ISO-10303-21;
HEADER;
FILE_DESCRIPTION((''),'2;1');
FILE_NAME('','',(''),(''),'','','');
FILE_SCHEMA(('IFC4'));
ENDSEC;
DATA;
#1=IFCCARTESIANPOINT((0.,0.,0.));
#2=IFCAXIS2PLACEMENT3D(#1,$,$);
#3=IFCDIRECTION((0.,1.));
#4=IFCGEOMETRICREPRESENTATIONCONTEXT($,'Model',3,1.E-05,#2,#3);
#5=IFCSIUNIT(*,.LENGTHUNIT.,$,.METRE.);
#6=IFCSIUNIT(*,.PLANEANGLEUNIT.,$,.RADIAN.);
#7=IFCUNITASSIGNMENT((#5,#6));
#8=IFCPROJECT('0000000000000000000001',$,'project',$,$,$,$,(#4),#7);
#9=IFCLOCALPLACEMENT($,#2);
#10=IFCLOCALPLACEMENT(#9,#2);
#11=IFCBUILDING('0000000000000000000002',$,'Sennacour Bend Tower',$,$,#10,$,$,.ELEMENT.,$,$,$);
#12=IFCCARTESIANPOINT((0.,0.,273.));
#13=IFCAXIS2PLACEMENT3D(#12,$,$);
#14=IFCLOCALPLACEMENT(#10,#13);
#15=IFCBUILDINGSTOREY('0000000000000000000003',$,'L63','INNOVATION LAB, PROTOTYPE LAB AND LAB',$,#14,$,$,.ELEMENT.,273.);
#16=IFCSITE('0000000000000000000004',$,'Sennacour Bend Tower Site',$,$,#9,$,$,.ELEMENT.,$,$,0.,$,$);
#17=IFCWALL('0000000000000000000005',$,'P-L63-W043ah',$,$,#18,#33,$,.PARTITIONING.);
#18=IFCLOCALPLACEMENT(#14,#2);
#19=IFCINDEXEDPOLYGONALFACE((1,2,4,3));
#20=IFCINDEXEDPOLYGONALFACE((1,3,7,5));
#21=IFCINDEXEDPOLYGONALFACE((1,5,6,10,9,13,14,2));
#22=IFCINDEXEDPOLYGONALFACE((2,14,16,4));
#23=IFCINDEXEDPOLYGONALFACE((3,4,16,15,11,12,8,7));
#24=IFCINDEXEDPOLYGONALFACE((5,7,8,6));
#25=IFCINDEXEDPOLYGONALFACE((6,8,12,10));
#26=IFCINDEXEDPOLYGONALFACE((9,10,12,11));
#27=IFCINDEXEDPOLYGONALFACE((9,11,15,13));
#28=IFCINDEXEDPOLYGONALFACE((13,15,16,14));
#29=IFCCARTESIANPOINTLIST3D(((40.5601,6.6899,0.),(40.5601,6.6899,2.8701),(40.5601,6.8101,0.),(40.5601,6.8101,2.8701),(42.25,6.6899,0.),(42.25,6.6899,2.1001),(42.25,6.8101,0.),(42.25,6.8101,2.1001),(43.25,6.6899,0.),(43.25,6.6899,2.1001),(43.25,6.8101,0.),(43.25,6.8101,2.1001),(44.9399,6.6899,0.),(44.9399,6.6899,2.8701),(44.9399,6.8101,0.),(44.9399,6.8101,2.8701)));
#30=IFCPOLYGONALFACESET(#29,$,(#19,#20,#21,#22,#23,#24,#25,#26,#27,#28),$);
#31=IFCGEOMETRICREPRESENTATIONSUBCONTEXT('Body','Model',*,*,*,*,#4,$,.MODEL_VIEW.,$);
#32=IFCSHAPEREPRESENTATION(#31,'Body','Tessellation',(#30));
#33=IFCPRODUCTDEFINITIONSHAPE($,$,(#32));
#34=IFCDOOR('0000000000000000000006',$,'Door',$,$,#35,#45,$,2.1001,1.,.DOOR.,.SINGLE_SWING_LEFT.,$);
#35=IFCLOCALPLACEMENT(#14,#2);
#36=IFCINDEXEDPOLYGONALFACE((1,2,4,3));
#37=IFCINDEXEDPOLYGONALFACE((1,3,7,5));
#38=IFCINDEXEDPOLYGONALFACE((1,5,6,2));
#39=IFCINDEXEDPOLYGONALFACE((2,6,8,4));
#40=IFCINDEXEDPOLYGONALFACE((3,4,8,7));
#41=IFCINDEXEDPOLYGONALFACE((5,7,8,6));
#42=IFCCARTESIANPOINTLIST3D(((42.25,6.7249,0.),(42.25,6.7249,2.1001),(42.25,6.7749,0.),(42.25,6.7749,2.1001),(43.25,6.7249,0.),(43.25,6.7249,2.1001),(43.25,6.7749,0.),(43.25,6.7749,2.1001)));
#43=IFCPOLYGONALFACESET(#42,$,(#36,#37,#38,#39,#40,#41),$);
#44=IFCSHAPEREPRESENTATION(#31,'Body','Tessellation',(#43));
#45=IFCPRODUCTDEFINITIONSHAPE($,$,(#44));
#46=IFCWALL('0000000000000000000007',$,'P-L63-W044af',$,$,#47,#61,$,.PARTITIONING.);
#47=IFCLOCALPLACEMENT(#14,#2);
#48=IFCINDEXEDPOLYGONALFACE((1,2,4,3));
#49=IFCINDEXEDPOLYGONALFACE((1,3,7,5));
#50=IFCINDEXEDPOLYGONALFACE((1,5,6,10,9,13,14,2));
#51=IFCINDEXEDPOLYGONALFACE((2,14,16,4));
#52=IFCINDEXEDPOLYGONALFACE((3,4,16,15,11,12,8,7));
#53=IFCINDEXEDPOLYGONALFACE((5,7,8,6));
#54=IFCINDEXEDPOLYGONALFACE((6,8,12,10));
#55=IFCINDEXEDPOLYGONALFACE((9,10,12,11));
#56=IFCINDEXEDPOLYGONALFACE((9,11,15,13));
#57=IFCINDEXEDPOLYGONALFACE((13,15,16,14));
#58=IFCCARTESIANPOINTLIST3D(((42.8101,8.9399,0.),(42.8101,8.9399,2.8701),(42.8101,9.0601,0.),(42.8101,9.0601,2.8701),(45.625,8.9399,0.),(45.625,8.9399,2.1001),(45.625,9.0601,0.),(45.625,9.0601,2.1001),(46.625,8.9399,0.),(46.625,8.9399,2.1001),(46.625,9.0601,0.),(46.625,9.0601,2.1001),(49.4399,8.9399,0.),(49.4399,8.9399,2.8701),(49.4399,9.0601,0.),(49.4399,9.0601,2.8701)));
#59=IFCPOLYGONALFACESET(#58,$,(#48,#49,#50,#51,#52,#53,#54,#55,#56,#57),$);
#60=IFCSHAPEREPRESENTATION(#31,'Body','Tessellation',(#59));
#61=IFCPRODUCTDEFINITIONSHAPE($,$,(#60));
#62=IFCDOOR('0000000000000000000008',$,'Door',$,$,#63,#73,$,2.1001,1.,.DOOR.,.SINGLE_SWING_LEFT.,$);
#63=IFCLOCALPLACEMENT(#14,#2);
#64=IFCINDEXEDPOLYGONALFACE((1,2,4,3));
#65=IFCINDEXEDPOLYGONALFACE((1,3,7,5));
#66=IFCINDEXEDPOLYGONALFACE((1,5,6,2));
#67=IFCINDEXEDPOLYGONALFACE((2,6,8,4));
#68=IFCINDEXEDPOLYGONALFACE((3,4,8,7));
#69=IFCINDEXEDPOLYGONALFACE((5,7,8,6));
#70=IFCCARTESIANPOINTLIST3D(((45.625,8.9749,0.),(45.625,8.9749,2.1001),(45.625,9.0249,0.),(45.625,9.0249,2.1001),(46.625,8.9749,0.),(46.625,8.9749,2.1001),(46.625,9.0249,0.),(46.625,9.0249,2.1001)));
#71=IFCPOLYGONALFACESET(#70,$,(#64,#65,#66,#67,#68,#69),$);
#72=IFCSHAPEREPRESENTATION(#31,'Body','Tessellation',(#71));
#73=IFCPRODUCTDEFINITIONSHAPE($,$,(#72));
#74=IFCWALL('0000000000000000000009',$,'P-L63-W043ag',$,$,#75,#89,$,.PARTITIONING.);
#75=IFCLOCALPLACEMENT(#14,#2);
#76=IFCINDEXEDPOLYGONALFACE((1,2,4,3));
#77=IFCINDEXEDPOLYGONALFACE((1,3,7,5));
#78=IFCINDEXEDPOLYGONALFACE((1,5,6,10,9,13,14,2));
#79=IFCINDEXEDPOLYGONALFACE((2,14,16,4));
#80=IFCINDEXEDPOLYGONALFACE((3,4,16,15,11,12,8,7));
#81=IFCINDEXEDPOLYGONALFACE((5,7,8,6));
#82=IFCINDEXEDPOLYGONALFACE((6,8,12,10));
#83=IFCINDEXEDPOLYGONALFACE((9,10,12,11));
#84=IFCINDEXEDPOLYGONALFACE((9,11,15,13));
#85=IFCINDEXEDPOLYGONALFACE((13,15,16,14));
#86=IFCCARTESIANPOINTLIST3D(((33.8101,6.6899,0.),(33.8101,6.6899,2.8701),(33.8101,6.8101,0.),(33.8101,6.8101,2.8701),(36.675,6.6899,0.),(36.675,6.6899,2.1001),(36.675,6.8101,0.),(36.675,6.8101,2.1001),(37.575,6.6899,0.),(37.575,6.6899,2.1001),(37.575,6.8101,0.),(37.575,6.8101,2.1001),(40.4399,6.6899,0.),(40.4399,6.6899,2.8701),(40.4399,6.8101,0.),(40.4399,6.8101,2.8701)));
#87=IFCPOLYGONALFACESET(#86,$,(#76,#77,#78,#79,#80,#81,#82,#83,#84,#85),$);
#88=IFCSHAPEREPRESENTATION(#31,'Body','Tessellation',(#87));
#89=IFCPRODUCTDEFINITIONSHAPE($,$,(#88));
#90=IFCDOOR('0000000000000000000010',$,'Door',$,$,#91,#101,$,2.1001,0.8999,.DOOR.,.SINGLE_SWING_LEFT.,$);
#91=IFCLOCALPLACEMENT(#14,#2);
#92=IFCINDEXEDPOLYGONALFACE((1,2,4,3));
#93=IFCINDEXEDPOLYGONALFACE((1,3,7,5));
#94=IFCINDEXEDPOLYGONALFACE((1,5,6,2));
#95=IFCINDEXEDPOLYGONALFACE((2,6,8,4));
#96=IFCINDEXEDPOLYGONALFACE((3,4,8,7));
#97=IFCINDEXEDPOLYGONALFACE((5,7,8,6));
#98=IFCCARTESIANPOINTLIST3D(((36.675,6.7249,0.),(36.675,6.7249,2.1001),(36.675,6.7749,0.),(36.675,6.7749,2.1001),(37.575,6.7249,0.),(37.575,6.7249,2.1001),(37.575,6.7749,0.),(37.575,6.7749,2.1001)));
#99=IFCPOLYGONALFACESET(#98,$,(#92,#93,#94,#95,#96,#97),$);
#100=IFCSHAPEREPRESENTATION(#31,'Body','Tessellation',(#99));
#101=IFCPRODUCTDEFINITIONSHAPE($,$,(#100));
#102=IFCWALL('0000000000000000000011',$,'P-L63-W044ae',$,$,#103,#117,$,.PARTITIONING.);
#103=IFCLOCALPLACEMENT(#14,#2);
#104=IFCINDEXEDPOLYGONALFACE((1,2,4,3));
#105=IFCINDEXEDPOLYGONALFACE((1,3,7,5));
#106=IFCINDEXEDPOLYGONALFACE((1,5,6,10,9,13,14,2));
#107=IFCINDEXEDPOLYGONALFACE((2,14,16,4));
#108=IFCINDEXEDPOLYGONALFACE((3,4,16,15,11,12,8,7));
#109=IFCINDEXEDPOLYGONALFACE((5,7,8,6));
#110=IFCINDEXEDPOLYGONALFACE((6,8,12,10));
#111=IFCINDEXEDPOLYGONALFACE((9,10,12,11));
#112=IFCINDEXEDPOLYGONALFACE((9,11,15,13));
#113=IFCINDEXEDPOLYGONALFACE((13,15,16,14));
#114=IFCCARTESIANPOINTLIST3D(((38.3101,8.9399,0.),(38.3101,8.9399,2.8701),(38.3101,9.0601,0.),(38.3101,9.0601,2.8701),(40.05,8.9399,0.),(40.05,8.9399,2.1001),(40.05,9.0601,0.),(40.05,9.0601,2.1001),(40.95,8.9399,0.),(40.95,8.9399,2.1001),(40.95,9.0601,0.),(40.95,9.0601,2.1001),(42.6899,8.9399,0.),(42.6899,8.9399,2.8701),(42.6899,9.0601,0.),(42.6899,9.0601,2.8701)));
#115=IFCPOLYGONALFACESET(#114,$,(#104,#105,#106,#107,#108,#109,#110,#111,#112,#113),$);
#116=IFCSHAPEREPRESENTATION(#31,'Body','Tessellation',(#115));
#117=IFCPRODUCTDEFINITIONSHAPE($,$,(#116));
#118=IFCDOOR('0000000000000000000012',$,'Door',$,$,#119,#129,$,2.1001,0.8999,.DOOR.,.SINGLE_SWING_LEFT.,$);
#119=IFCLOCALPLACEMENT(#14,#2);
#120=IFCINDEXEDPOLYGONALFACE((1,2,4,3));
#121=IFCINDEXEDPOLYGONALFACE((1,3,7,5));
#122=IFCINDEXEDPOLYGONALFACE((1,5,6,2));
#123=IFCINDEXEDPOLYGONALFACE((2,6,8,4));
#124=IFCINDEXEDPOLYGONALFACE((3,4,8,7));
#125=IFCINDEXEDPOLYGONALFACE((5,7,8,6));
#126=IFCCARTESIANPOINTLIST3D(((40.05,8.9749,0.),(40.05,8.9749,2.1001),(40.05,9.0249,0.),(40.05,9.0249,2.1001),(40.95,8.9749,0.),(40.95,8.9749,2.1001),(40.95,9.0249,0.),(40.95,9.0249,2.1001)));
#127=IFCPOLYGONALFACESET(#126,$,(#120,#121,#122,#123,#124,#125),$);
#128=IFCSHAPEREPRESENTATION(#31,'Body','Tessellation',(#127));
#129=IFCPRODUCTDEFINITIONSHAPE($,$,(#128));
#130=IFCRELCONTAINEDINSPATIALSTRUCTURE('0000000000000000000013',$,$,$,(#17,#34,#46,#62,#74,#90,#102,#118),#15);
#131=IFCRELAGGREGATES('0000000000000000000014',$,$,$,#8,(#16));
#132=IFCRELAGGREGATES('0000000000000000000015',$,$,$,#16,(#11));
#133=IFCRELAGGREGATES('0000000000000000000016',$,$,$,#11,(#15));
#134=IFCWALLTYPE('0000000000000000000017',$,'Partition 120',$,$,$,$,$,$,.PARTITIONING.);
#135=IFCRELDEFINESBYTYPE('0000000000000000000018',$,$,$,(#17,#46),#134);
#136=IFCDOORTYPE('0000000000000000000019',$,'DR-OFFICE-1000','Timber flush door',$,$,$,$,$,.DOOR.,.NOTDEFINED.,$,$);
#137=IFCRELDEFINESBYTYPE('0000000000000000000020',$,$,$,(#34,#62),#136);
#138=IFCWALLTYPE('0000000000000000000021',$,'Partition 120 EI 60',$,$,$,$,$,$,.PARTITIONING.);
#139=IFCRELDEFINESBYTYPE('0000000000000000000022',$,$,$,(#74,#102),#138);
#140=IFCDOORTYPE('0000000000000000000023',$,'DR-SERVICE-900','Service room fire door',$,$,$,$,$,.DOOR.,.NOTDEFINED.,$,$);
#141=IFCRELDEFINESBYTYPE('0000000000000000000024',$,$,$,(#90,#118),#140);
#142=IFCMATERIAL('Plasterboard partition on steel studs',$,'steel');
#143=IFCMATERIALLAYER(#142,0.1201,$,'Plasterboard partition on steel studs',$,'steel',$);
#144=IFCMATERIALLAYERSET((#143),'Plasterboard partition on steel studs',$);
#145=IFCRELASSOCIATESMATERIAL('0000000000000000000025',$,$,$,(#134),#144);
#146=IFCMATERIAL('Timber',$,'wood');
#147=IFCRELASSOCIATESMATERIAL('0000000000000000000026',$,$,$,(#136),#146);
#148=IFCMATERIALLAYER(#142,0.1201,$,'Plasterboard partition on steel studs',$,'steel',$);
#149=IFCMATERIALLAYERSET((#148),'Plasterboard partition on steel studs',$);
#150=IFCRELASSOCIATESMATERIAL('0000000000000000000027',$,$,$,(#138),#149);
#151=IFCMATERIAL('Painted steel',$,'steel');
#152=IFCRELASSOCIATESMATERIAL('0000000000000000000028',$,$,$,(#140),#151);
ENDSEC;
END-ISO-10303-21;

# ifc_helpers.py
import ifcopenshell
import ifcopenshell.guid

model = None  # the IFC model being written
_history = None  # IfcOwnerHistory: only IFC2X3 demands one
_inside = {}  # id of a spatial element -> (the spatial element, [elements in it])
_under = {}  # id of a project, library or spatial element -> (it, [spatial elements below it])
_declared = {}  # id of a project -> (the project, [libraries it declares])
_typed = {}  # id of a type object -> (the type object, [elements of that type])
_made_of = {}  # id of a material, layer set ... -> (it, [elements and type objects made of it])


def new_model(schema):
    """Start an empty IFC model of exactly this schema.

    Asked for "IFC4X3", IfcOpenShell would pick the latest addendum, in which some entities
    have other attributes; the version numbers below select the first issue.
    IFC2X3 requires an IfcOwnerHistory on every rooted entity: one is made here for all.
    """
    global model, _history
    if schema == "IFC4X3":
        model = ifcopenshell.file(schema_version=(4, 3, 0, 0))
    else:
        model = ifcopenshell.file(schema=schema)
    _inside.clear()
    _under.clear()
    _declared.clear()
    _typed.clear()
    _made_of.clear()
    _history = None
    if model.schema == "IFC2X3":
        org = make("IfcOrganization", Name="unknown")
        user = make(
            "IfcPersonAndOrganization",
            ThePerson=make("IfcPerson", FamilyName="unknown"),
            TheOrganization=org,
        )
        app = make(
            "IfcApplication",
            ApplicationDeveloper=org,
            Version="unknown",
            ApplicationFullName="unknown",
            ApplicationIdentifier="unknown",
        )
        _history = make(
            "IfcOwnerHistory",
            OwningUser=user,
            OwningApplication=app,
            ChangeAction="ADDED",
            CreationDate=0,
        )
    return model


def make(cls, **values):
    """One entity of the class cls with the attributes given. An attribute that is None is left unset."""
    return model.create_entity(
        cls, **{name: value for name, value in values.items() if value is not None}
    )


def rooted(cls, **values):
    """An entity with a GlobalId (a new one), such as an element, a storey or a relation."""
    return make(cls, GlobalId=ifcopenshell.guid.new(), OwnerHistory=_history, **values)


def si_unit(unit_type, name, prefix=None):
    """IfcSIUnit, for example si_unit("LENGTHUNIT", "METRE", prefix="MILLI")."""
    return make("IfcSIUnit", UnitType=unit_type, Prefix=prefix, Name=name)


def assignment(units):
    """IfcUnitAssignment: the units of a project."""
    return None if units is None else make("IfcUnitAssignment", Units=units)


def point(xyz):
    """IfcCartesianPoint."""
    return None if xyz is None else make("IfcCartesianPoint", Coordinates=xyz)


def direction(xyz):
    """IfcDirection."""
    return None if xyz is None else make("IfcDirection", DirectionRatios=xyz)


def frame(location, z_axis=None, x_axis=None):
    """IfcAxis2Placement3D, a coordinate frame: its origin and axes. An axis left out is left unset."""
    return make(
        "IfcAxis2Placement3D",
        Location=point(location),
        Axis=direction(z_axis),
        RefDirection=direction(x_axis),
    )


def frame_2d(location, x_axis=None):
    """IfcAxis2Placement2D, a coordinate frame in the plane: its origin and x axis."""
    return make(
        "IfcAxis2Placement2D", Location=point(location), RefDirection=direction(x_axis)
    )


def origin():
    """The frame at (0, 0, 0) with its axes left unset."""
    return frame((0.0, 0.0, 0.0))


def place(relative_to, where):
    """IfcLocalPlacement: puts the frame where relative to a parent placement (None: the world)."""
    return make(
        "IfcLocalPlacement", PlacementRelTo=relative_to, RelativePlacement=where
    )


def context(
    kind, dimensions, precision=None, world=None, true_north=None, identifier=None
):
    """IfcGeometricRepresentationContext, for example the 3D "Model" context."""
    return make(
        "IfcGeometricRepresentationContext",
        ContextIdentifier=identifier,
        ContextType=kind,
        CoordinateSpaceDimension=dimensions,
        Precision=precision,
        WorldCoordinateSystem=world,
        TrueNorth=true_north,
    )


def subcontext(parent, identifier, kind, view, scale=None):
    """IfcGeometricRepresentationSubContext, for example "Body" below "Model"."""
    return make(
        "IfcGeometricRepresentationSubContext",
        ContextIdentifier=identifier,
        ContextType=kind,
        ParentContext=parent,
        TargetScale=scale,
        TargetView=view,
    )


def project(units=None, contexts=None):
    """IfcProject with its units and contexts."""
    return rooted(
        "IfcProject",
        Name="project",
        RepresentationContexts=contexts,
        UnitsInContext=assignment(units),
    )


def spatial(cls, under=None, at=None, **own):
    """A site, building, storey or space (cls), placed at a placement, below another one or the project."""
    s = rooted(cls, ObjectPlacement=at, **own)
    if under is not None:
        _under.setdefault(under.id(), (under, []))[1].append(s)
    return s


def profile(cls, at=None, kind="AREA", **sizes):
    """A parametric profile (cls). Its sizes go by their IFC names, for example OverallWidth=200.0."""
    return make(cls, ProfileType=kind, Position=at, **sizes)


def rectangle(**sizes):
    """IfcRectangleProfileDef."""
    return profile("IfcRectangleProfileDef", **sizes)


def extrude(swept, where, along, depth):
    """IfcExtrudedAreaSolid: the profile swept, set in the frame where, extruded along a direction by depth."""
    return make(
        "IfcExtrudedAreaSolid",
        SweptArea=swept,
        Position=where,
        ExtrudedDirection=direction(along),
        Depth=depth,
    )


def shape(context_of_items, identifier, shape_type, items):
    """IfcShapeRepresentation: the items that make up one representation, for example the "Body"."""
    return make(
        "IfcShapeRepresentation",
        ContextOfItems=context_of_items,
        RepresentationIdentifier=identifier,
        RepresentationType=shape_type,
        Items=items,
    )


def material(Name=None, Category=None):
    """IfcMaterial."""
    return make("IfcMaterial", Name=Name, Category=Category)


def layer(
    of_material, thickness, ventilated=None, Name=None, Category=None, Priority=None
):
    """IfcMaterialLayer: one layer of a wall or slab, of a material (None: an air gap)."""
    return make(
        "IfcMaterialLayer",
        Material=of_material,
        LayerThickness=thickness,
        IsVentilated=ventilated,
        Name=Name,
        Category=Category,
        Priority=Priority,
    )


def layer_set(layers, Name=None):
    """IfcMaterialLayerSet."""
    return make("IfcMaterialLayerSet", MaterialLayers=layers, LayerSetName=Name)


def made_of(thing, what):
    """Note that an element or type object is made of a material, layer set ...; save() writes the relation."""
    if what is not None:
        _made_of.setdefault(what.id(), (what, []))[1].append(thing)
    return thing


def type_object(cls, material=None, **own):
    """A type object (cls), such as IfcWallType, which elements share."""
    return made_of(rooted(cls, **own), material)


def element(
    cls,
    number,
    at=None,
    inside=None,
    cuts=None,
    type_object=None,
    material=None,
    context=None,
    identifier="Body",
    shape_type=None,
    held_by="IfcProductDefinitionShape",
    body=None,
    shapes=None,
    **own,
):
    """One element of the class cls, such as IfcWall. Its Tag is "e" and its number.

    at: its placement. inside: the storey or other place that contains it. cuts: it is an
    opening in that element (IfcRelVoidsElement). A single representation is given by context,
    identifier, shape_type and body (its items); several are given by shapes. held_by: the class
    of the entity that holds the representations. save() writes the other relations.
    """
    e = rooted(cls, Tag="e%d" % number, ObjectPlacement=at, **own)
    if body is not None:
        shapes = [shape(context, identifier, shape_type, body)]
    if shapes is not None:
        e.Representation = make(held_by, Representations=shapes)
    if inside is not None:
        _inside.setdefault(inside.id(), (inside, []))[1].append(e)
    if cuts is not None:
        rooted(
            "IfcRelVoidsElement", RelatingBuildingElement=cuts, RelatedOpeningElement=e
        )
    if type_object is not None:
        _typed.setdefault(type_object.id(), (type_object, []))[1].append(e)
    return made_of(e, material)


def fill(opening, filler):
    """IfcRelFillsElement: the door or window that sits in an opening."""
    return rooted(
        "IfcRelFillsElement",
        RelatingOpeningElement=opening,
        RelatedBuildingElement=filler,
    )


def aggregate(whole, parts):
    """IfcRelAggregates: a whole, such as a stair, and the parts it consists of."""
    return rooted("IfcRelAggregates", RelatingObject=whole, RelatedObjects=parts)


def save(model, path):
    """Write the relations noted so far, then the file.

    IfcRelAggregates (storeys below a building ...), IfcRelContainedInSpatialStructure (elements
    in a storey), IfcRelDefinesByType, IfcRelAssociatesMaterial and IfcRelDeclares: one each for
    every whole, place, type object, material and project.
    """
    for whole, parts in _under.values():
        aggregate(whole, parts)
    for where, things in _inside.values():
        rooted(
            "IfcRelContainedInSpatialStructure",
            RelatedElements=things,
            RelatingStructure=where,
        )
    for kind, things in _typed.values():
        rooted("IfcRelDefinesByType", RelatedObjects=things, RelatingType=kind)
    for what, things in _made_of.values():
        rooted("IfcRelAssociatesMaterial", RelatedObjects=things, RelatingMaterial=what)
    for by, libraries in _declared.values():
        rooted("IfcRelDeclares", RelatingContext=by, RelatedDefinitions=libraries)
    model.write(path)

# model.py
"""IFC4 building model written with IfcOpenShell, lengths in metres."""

from ifc_helpers import new_model, si_unit, direction, frame, frame_2d, origin, place, context, subcontext, project, spatial, rectangle, extrude, material, layer, layer_set, type_object, element, fill, save


model = new_model("IFC4")

# Units and contexts
model_context = context("Model", 3, precision=1e-05, world=origin(), true_north=direction((0.0, 1.0)))
body_context = subcontext(model_context, "Body", "Model", "MODEL_VIEW")
ifc_project = project(units=[si_unit("LENGTHUNIT", "METRE"), si_unit("PLANEANGLEUNIT", "RADIAN")], contexts=[model_context])

# Site, building, storey
site_placement = place(None, origin())
site = spatial("IfcSite", under=ifc_project, at=site_placement, Name="Sennacour Bend Tower Site", CompositionType="ELEMENT", RefElevation=0.0)
building_placement = place(site_placement, origin())
building = spatial("IfcBuilding", under=site, at=building_placement, Name="Sennacour Bend Tower", CompositionType="ELEMENT")
storey_placement = place(building_placement, frame((0.0, 0.0, 273.0)))
storey = spatial("IfcBuildingStorey", under=building, at=storey_placement, Name="L63", Description="INNOVATION LAB, PROTOTYPE LAB AND LAB", CompositionType="ELEMENT", Elevation=273.0)

# Shared definitions
ifc_material_1 = material(Name="Plasterboard partition on steel studs", Category="steel")
ifc_layer_1 = layer(ifc_material_1, 0.1201, Name="Plasterboard partition on steel studs", Category="steel")
ifc_layer_set_1 = layer_set([ifc_layer_1], Name="Plasterboard partition on steel studs")
wall_type_1 = type_object("IfcWallType", Name="Partition 120", PredefinedType="PARTITIONING", material=ifc_layer_set_1)

# Walls, openings, doors
wall_1_placement = place(storey_placement, frame((40.5601, 6.75, 0.0), z_axis=(0.0, 0.0, 1.0), x_axis=(1.0, 0.0, 0.0)))
wall_1 = element("IfcWall", 1, at=wall_1_placement, inside=storey, type_object=wall_type_1, Name="P-L63-W043ah", PredefinedType="PARTITIONING", context=body_context, shape_type="SweptSolid", body=[
    extrude(rectangle(XDim=4.3799, YDim=0.1201, at=frame_2d((2.1899, 0.0))), origin(), (0.0, 0.0, 1.0), 2.8701),
])
opening_1_placement = place(wall_1_placement, frame((1.6899, 0.0, 0.0)))
opening_1 = element("IfcOpeningElement", 2, at=opening_1_placement, cuts=wall_1, PredefinedType="OPENING", context=body_context, shape_type="SweptSolid", body=[
    extrude(rectangle(XDim=1.0, YDim=2.1001, at=frame_2d((0.5, 1.05))), frame((0.0, 0.0701, 0.0), z_axis=(0.0, -1.0, 0.0), x_axis=(1.0, 0.0, 0.0)), (0.0, 0.0, 1.0), 0.1401),
])
ifc_material_2 = material(Name="Timber", Category="wood")
door_type_1 = type_object("IfcDoorType", Name="DR-OFFICE-1000", Description="Timber flush door", OperationType="NOTDEFINED", PredefinedType="DOOR", material=ifc_material_2)
door_1_placement = place(opening_1_placement, origin())
door_1 = element("IfcDoor", 3, at=door_1_placement, inside=storey, type_object=door_type_1, Name="Door", OperationType="SINGLE_SWING_LEFT", OverallHeight=2.1001, OverallWidth=1.0, PredefinedType="DOOR", context=body_context, shape_type="SweptSolid", body=[
    extrude(rectangle(XDim=1.0, YDim=2.1001, at=frame_2d((0.5, 1.05))), frame((0.0, 0.0249, 0.0), z_axis=(0.0, -1.0, 0.0), x_axis=(1.0, 0.0, 0.0)), (0.0, 0.0, 1.0), 0.05),
])
fill(opening_1, door_1)
wall_2_placement = place(storey_placement, frame((42.8101, 9.0, 0.0), z_axis=(0.0, 0.0, 1.0), x_axis=(1.0, 0.0, 0.0)))
wall_2 = element("IfcWall", 4, at=wall_2_placement, inside=storey, type_object=wall_type_1, Name="P-L63-W044af", PredefinedType="PARTITIONING", context=body_context, shape_type="SweptSolid", body=[
    extrude(rectangle(XDim=6.6299, YDim=0.1201, at=frame_2d((3.3149, 0.0))), origin(), (0.0, 0.0, 1.0), 2.8701),
])
opening_2_placement = place(wall_2_placement, frame((2.8149, 0.0, 0.0)))
opening_2 = element("IfcOpeningElement", 5, at=opening_2_placement, cuts=wall_2, PredefinedType="OPENING", context=body_context, shape_type="SweptSolid", body=[
    extrude(rectangle(XDim=1.0, YDim=2.1001, at=frame_2d((0.5, 1.05))), frame((0.0, 0.0701, 0.0), z_axis=(0.0, -1.0, 0.0), x_axis=(1.0, 0.0, 0.0)), (0.0, 0.0, 1.0), 0.1401),
])
door_2_placement = place(opening_2_placement, origin())
door_2 = element("IfcDoor", 6, at=door_2_placement, inside=storey, type_object=door_type_1, Name="Door", OperationType="SINGLE_SWING_LEFT", OverallHeight=2.1001, OverallWidth=1.0, PredefinedType="DOOR", context=body_context, shape_type="SweptSolid", body=[
    extrude(rectangle(XDim=1.0, YDim=2.1001, at=frame_2d((0.5, 1.05))), frame((0.0, 0.0249, 0.0), z_axis=(0.0, -1.0, 0.0), x_axis=(1.0, 0.0, 0.0)), (0.0, 0.0, 1.0), 0.05),
])
fill(opening_2, door_2)
ifc_layer_2 = layer(ifc_material_1, 0.1201, Name="Plasterboard partition on steel studs", Category="steel")
ifc_layer_set_2 = layer_set([ifc_layer_2], Name="Plasterboard partition on steel studs")
wall_type_2 = type_object("IfcWallType", Name="Partition 120 EI 60", PredefinedType="PARTITIONING", material=ifc_layer_set_2)
wall_3_placement = place(storey_placement, frame((33.8101, 6.75, 0.0), z_axis=(0.0, 0.0, 1.0), x_axis=(1.0, 0.0, 0.0)))
wall_3 = element("IfcWall", 7, at=wall_3_placement, inside=storey, type_object=wall_type_2, Name="P-L63-W043ag", PredefinedType="PARTITIONING", context=body_context, shape_type="SweptSolid", body=[
    extrude(rectangle(XDim=6.6299, YDim=0.1201, at=frame_2d((3.3149, 0.0))), origin(), (0.0, 0.0, 1.0), 2.8701),
])
opening_3_placement = place(wall_3_placement, frame((2.865, 0.0, 0.0)))
opening_3 = element("IfcOpeningElement", 8, at=opening_3_placement, cuts=wall_3, PredefinedType="OPENING", context=body_context, shape_type="SweptSolid", body=[
    extrude(rectangle(XDim=0.8999, YDim=2.1001, at=frame_2d((0.45, 1.05))), frame((0.0, 0.0701, 0.0), z_axis=(0.0, -1.0, 0.0), x_axis=(1.0, 0.0, 0.0)), (0.0, 0.0, 1.0), 0.1401),
])
ifc_material_3 = material(Name="Painted steel", Category="steel")
door_type_2 = type_object("IfcDoorType", Name="DR-SERVICE-900", Description="Service room fire door", OperationType="NOTDEFINED", PredefinedType="DOOR", material=ifc_material_3)
door_3_placement = place(opening_3_placement, origin())
door_3 = element("IfcDoor", 9, at=door_3_placement, inside=storey, type_object=door_type_2, Name="Door", OperationType="SINGLE_SWING_LEFT", OverallHeight=2.1001, OverallWidth=0.8999, PredefinedType="DOOR", context=body_context, shape_type="SweptSolid", body=[
    extrude(rectangle(XDim=0.8999, YDim=2.1001, at=frame_2d((0.45, 1.05))), frame((0.0, 0.0249, 0.0), z_axis=(0.0, -1.0, 0.0), x_axis=(1.0, 0.0, 0.0)), (0.0, 0.0, 1.0), 0.05),
])
fill(opening_3, door_3)
wall_4_placement = place(storey_placement, frame((38.3101, 9.0, 0.0), z_axis=(0.0, 0.0, 1.0), x_axis=(1.0, 0.0, 0.0)))
wall_4 = element("IfcWall", 10, at=wall_4_placement, inside=storey, type_object=wall_type_2, Name="P-L63-W044ae", PredefinedType="PARTITIONING", context=body_context, shape_type="SweptSolid", body=[
    extrude(rectangle(XDim=4.3799, YDim=0.1201, at=frame_2d((2.1899, 0.0))), origin(), (0.0, 0.0, 1.0), 2.8701),
])
opening_4_placement = place(wall_4_placement, frame((1.74, 0.0, 0.0)))
opening_4 = element("IfcOpeningElement", 11, at=opening_4_placement, cuts=wall_4, PredefinedType="OPENING", context=body_context, shape_type="SweptSolid", body=[
    extrude(rectangle(XDim=0.8999, YDim=2.1001, at=frame_2d((0.45, 1.05))), frame((0.0, 0.0701, 0.0), z_axis=(0.0, -1.0, 0.0), x_axis=(1.0, 0.0, 0.0)), (0.0, 0.0, 1.0), 0.1401),
])
door_4_placement = place(opening_4_placement, origin())
door_4 = element("IfcDoor", 12, at=door_4_placement, inside=storey, type_object=door_type_2, Name="Door", OperationType="SINGLE_SWING_LEFT", OverallHeight=2.1001, OverallWidth=0.8999, PredefinedType="DOOR", context=body_context, shape_type="SweptSolid", body=[
    extrude(rectangle(XDim=0.8999, YDim=2.1001, at=frame_2d((0.45, 1.05))), frame((0.0, 0.0249, 0.0), z_axis=(0.0, -1.0, 0.0), x_axis=(1.0, 0.0, 0.0)), (0.0, 0.0, 1.0), 0.05),
])
fill(opening_4, door_4)

save(model, "model.ifc")
